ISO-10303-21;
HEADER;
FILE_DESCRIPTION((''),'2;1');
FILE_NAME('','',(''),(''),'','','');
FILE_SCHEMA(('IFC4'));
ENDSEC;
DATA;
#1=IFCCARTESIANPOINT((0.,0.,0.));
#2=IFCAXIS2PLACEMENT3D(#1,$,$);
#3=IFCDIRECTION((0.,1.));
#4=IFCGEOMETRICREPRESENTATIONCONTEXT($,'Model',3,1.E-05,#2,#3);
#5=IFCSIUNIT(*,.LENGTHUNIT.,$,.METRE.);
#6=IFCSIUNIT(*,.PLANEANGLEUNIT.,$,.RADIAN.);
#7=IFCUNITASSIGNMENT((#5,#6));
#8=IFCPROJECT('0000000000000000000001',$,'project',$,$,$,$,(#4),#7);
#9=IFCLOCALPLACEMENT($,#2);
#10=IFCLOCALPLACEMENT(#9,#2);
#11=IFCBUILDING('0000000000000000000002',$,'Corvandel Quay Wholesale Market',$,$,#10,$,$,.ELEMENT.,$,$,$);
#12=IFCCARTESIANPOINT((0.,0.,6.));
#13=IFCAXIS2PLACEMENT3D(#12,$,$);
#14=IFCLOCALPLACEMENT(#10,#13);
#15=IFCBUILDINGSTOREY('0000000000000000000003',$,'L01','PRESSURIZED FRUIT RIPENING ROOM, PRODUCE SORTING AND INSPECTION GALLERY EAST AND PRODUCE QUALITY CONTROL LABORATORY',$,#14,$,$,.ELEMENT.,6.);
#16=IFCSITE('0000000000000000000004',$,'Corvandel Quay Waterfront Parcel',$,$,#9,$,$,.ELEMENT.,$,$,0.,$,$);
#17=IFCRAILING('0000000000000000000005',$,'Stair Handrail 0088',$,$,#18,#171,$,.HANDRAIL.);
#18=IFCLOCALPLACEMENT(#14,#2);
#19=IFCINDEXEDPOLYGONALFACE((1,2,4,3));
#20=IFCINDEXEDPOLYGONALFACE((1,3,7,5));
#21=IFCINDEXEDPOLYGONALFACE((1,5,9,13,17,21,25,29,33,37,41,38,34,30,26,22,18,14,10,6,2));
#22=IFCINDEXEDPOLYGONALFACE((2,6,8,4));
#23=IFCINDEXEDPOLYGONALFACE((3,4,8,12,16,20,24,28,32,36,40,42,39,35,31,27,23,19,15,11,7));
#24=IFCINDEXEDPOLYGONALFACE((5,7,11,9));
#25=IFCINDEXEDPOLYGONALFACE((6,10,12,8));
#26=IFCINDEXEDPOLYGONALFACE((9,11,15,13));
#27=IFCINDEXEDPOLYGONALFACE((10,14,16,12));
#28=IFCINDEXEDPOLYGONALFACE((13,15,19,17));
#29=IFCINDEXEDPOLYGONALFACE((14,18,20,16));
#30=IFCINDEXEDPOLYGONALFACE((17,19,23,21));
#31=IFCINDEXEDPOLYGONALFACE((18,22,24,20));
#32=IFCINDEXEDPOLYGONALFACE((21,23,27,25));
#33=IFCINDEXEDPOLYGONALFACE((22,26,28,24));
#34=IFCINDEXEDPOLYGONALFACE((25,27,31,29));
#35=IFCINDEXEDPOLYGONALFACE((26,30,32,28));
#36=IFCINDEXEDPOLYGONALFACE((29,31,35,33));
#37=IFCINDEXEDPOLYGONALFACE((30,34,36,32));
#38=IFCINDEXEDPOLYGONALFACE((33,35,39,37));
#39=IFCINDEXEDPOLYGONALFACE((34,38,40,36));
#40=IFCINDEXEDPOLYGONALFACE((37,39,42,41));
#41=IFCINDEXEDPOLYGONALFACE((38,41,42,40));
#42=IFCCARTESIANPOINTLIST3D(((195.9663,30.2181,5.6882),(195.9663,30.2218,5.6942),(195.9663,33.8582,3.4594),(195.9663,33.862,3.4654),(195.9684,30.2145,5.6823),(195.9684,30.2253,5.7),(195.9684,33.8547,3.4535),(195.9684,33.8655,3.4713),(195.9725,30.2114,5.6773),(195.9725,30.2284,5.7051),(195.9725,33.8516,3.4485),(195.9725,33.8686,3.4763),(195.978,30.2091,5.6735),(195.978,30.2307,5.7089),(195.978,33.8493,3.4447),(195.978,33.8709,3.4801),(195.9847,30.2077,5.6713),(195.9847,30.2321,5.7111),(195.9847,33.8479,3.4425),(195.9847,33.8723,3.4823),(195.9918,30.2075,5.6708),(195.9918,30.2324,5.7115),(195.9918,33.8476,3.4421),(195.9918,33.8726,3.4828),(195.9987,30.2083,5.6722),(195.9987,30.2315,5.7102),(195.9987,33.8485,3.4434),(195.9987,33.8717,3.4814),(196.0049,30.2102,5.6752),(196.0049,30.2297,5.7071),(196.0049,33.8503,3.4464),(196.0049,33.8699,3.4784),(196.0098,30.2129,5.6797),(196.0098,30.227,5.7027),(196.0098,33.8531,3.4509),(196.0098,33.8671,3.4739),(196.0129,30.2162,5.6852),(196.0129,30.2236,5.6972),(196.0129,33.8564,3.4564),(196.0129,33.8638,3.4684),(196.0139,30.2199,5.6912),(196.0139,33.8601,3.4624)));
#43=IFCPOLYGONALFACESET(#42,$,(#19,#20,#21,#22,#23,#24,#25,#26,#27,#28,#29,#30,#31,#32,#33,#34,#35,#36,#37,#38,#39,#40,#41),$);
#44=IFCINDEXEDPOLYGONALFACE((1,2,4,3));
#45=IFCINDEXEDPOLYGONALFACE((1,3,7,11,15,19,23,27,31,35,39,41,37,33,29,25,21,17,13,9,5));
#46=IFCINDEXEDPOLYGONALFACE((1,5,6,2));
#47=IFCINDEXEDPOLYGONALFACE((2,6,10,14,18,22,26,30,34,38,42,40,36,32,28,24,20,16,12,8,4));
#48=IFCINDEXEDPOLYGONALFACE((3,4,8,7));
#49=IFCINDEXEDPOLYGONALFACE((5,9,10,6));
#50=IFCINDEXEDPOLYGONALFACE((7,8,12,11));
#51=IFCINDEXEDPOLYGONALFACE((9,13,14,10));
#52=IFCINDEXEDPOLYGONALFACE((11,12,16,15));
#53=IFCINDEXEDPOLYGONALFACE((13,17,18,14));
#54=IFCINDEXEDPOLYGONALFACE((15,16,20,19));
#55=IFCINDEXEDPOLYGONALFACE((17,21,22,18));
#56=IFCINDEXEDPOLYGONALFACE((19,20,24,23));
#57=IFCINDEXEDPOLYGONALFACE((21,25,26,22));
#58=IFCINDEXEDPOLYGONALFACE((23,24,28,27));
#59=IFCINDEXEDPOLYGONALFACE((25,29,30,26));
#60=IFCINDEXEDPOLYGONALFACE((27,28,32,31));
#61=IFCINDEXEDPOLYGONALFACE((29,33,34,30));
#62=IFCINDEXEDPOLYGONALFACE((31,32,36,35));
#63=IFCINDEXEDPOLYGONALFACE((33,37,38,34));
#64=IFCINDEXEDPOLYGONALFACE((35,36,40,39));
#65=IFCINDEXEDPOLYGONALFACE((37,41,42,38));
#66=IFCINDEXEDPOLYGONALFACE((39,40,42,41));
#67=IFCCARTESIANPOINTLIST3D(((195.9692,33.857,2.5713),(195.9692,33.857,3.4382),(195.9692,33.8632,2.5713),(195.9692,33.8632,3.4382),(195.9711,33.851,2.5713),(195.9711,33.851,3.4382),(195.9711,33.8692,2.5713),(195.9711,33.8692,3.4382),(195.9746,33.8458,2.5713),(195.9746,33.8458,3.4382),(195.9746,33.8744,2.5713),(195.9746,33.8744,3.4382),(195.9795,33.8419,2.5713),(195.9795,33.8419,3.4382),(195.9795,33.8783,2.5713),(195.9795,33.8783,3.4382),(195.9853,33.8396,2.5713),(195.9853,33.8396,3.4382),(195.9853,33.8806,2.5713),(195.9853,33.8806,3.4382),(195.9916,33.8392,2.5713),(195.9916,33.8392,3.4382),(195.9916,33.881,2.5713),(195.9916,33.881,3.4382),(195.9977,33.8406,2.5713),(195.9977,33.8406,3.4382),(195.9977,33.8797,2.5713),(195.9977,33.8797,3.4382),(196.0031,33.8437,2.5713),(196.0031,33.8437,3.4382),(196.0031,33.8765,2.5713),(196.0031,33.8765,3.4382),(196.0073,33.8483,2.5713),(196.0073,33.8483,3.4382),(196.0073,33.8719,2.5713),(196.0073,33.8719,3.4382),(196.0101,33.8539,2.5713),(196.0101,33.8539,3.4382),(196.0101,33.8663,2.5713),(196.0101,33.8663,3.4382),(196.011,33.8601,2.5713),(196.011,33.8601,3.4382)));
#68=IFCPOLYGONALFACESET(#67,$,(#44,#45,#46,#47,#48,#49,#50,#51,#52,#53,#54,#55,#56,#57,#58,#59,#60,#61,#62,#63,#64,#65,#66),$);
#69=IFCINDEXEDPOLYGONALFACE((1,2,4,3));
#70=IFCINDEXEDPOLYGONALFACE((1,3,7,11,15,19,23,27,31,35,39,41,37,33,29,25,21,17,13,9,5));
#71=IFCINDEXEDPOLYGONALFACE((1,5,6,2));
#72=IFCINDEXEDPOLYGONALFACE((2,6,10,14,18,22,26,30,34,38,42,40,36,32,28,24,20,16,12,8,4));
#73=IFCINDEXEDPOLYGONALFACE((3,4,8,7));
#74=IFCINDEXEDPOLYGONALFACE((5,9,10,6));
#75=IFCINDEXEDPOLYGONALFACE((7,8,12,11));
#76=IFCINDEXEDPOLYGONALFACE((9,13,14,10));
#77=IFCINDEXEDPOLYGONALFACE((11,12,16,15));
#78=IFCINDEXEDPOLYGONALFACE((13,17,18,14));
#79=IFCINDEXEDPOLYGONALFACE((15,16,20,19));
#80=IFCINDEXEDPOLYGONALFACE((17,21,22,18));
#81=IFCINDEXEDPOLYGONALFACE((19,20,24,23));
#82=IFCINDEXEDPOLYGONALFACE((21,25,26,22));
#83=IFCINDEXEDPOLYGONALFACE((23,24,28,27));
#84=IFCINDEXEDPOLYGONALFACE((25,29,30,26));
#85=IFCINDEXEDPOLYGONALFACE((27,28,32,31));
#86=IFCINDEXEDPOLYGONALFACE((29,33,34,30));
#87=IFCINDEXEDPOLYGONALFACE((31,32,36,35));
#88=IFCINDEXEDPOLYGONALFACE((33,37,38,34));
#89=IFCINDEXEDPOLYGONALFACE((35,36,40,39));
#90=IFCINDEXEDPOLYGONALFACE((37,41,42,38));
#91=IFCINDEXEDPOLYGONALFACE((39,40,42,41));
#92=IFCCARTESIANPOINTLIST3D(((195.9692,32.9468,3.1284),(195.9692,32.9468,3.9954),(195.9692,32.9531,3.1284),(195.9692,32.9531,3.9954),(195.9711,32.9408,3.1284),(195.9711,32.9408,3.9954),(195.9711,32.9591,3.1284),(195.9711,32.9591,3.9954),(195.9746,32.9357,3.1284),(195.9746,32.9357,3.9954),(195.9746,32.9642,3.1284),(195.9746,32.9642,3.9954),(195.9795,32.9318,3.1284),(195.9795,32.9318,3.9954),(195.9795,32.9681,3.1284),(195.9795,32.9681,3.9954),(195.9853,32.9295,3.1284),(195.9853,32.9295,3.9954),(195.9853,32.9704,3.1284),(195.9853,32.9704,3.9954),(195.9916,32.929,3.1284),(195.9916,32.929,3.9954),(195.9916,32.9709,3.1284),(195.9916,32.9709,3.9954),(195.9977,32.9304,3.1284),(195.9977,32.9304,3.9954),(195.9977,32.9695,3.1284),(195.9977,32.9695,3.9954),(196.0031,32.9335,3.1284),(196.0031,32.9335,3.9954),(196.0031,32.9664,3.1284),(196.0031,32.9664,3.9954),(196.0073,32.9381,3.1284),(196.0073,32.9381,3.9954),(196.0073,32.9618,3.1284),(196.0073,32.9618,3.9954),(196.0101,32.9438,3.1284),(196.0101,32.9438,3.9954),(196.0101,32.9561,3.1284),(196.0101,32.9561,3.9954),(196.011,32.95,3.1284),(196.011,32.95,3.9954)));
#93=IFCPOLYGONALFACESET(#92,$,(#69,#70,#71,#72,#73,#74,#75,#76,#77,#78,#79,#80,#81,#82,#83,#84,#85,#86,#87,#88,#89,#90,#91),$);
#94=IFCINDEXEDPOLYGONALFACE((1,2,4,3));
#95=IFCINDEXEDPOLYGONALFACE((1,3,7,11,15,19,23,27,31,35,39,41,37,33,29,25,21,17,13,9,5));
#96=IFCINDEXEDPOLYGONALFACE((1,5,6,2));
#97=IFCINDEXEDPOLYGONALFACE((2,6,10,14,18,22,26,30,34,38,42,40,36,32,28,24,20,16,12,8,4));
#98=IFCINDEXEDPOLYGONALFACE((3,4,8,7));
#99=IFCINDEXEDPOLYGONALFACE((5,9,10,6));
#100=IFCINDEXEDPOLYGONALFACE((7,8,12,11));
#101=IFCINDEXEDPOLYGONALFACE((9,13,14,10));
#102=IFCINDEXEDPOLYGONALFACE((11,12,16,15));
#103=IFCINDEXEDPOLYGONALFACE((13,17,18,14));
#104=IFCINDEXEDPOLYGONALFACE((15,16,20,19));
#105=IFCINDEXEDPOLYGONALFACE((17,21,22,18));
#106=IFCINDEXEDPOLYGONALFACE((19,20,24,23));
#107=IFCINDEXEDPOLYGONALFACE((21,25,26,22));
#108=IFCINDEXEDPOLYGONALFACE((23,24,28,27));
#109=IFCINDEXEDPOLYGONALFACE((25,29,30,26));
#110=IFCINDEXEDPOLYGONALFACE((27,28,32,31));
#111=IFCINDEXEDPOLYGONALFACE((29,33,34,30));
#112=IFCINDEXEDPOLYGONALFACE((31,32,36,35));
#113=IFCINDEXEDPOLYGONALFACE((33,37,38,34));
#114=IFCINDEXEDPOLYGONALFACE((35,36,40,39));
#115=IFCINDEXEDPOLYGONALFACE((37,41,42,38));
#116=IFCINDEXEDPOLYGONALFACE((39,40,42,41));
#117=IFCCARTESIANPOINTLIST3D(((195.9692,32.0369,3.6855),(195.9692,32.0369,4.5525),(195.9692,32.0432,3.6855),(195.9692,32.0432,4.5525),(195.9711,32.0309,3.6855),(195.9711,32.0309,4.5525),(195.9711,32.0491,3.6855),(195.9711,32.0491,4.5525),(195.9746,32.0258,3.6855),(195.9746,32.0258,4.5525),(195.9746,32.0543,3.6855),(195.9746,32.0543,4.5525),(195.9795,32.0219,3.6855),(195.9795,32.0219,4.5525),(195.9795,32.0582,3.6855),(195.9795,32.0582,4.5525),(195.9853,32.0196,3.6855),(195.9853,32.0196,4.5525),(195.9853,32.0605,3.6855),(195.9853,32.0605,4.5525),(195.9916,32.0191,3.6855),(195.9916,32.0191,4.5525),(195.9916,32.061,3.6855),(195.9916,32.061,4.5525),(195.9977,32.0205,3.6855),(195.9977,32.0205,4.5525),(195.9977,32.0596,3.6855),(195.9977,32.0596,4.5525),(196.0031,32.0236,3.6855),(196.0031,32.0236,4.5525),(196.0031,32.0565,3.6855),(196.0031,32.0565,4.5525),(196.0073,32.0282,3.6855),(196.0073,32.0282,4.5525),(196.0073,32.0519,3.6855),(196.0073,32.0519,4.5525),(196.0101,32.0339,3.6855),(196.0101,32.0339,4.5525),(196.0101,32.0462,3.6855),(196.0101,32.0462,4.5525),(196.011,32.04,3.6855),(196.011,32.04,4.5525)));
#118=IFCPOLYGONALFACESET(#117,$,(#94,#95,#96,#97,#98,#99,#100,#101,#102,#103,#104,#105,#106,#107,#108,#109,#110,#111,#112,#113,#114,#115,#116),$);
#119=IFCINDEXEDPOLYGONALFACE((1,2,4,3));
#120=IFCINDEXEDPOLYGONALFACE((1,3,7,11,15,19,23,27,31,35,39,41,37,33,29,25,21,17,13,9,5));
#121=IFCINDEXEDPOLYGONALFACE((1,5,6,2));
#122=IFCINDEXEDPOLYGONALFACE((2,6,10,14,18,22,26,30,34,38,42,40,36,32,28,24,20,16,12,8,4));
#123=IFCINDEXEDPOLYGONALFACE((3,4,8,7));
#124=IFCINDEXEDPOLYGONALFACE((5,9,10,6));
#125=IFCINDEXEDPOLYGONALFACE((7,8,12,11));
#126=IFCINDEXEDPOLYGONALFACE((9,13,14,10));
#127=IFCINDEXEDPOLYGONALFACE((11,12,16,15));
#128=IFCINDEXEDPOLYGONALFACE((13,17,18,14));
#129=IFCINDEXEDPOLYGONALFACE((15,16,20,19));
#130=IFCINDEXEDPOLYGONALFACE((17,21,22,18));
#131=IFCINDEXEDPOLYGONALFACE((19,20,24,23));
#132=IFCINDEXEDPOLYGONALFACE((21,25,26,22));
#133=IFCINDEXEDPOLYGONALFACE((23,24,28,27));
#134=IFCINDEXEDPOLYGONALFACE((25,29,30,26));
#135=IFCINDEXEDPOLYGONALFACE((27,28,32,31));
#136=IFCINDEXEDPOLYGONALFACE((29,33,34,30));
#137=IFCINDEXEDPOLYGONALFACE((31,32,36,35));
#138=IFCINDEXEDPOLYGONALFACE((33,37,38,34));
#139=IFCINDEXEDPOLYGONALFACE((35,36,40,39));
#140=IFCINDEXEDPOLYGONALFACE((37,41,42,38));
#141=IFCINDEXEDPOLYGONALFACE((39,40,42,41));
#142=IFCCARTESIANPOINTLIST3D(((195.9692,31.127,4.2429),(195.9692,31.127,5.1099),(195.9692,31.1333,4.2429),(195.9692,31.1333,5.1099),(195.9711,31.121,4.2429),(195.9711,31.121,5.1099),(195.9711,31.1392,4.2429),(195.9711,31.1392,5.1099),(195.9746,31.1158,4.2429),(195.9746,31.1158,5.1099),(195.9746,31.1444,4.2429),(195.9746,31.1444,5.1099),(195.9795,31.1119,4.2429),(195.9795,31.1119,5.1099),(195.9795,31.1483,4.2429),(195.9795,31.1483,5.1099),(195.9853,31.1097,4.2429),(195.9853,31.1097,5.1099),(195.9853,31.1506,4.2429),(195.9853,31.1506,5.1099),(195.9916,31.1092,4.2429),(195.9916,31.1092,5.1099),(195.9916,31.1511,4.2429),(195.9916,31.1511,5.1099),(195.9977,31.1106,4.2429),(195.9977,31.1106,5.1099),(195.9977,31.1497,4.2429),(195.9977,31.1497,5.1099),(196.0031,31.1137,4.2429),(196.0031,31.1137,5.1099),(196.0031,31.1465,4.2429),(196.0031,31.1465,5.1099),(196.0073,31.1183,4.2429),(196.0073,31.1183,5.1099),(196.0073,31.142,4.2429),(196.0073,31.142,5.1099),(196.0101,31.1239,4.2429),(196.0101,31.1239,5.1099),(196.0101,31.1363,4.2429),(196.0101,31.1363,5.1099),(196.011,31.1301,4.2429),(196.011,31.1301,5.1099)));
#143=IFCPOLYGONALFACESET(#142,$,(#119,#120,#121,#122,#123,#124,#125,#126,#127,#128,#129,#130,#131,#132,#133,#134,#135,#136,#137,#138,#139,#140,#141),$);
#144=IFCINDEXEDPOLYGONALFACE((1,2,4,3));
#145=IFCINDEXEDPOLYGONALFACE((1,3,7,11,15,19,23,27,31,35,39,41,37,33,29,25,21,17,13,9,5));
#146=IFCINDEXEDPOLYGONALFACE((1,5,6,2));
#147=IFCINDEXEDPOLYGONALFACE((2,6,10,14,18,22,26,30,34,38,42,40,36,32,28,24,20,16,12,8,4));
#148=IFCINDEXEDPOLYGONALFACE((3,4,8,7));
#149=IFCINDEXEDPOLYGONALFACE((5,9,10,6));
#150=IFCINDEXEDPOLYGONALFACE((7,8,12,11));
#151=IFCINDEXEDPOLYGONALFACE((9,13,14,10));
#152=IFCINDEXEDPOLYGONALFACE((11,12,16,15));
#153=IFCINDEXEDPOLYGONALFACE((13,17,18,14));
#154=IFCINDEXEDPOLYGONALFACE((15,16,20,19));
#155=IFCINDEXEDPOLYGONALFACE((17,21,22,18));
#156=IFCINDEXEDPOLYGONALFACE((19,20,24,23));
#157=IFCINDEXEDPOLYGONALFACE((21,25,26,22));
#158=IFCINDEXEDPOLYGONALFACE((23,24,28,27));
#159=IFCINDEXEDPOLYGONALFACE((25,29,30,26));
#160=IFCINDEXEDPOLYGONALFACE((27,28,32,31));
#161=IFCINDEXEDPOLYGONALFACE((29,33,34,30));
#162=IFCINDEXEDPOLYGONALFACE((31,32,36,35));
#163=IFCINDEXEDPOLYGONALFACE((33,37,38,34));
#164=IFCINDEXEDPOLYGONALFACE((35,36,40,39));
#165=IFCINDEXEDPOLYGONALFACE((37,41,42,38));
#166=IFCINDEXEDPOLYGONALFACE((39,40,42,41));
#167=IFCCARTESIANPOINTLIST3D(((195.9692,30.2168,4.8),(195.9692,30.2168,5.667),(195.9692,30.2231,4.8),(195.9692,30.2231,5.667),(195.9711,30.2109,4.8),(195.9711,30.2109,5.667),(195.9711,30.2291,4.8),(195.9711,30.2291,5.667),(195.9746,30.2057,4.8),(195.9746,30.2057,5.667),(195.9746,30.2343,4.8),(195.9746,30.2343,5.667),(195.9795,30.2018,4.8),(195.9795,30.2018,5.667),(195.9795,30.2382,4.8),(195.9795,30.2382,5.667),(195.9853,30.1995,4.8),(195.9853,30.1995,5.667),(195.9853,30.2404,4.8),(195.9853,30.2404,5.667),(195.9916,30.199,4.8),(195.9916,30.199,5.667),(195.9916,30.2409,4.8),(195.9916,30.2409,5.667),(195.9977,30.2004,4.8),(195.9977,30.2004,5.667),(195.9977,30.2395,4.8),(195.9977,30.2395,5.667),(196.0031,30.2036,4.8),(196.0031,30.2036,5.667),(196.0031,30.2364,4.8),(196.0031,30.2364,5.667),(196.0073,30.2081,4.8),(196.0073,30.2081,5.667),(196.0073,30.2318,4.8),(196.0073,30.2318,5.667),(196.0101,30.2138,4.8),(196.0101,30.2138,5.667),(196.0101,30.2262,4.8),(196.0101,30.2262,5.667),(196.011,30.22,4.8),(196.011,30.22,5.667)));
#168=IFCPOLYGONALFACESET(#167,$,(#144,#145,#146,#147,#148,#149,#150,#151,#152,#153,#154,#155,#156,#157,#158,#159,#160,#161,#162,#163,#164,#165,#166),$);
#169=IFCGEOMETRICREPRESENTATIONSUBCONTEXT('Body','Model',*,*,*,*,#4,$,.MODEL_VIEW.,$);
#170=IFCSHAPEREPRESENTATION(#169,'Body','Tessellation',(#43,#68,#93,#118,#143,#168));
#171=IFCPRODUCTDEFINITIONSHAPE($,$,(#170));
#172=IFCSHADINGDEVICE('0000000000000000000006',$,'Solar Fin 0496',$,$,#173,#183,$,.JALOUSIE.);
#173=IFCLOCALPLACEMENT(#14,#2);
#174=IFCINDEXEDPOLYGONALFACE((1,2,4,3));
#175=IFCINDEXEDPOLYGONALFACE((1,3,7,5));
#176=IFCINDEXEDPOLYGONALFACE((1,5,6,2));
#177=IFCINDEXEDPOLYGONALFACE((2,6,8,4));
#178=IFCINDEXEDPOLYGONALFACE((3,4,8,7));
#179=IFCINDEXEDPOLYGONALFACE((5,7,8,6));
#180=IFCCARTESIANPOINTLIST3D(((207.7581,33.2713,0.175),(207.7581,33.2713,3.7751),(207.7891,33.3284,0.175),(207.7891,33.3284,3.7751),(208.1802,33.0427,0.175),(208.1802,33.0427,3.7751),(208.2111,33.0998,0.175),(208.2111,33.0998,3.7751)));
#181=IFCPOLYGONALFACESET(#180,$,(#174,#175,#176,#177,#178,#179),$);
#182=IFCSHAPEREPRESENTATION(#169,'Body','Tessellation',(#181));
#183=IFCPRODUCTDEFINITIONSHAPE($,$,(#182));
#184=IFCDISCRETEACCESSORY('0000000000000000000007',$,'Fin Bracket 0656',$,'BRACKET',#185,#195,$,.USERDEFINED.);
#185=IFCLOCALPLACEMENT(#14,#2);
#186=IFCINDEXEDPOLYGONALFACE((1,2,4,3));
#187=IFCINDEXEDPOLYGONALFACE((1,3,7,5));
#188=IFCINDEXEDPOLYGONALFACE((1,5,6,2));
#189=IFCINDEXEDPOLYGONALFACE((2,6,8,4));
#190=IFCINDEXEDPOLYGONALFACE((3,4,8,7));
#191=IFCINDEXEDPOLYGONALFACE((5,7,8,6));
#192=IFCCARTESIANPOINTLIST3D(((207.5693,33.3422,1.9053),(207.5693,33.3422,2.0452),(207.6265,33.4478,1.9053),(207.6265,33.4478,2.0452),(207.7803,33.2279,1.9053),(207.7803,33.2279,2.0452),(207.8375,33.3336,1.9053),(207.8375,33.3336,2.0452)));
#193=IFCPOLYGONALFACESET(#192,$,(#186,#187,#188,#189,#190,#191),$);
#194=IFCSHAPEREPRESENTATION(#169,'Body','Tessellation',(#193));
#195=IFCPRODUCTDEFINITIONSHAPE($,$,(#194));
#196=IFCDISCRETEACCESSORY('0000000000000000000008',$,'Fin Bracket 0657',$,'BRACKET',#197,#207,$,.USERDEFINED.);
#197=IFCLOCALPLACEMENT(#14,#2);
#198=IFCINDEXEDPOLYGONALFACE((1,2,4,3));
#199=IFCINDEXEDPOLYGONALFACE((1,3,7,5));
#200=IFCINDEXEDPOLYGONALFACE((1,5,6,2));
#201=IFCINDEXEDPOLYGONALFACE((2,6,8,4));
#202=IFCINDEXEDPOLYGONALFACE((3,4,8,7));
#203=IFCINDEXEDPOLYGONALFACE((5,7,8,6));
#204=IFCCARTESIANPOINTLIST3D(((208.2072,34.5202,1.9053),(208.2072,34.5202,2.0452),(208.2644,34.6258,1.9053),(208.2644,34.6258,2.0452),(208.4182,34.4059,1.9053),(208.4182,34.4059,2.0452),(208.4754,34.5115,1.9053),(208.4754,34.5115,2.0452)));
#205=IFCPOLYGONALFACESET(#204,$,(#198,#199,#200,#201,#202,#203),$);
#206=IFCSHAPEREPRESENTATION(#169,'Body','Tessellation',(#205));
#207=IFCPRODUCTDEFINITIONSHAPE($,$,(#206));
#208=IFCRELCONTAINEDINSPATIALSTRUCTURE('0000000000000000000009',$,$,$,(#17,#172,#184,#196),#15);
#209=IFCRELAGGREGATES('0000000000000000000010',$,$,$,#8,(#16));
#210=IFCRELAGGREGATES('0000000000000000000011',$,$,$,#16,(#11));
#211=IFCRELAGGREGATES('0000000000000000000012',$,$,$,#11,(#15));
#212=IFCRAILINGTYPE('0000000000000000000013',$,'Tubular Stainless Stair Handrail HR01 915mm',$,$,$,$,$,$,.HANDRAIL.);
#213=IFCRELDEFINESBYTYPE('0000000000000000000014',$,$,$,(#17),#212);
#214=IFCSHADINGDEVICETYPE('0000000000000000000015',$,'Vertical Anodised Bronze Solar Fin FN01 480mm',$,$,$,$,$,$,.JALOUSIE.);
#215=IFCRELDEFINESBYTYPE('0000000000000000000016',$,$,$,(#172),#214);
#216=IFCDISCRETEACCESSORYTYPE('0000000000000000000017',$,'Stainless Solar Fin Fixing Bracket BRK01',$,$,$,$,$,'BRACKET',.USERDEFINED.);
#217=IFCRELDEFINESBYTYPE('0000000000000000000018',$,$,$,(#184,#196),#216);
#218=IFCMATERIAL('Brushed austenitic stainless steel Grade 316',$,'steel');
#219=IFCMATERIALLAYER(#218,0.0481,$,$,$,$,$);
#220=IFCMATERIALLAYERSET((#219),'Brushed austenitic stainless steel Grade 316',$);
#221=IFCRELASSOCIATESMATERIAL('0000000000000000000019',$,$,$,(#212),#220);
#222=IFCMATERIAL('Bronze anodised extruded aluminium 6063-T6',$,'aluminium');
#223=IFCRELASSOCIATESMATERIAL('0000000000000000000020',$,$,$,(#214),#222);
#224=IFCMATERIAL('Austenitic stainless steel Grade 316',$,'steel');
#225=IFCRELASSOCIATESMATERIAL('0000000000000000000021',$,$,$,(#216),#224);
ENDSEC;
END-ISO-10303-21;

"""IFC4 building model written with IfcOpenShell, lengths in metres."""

from ifc_helpers import new_model, si_unit, direction, frame, origin, origin_2d, place, context, subcontext, project, spatial, rectangle, circle, extrude, material, layer, layer_set, type_object, element, save


model = new_model("IFC4")

# Units and contexts
model_context = context("Model", 3, precision=1e-05, world=origin(), true_north=direction((0.0, 1.0)))
body_context = subcontext(model_context, "Body", "Model", "MODEL_VIEW")
ifc_project = project(units=[si_unit("LENGTHUNIT", "METRE"), si_unit("PLANEANGLEUNIT", "RADIAN")], contexts=[model_context])

# Site, building, storey
site_placement = place(None, origin())
site = spatial("IfcSite", under=ifc_project, at=site_placement, Name="Corvandel Quay Waterfront Parcel", CompositionType="ELEMENT", RefElevation=0.0)
building_placement = place(site_placement, origin())
building = spatial("IfcBuilding", under=site, at=building_placement, Name="Corvandel Quay Wholesale Market", CompositionType="ELEMENT")
storey_placement = place(building_placement, frame((0.0, 0.0, 6.0)))
storey = spatial("IfcBuildingStorey", under=building, at=storey_placement, Name="L01", Description="PRESSURIZED FRUIT RIPENING ROOM, PRODUCE SORTING AND INSPECTION GALLERY EAST AND PRODUCE QUALITY CONTROL LABORATORY", CompositionType="ELEMENT", Elevation=6.0)

# Railing
ifc_material_1 = material(Name="Brushed austenitic stainless steel Grade 316", Category="steel")
ifc_layer_1 = layer(ifc_material_1, 0.0481)
ifc_layer_set_1 = layer_set([ifc_layer_1], Name="Brushed austenitic stainless steel Grade 316")
railing_type_1 = type_object("IfcRailingType", Name="Tubular Stainless Stair Handrail HR01 915mm", PredefinedType="HANDRAIL", material=ifc_layer_set_1)
for number, where, name in (
    (1, (195.99, 33.8601, 2.5713), "Stair Handrail 0088"),
):
    element("IfcRailing", number, at=place(storey_placement, frame(where)), inside=storey, type_object=railing_type_1, Name=name, PredefinedType="HANDRAIL", context=body_context, shape_type="SweptSolid", body=[
        extrude(circle(Radius=0.0239, at=origin_2d()), frame((0.0, 0.0, 0.8911), z_axis=(0.0, -0.85284, 0.522172), x_axis=(1.0, 0.0, 0.0)), (0.0, 0.0, 1.0), 4.2683),
        extrude(circle(Radius=0.021, at=origin_2d()), origin(), (0.0, 0.0, 1.0), 0.8669),
        extrude(circle(Radius=0.021, at=origin_2d()), frame((0.0, -0.9102, 0.5571)), (0.0, 0.0, 1.0), 0.8669),
        extrude(circle(Radius=0.021, at=origin_2d()), frame((0.0, -1.8201, 1.1143)), (0.0, 0.0, 1.0), 0.8669),
        extrude(circle(Radius=0.021, at=origin_2d()), frame((0.0, -2.73, 1.6716)), (0.0, 0.0, 1.0), 0.8669),
        extrude(circle(Radius=0.021, at=origin_2d()), frame((0.0, -3.6401, 2.2288)), (0.0, 0.0, 1.0), 0.8669),
    ])

# Shading device
ifc_material_2 = material(Name="Bronze anodised extruded aluminium 6063-T6", Category="aluminium")
shading_device_type = type_object("IfcShadingDeviceType", Name="Vertical Anodised Bronze Solar Fin FN01 480mm", PredefinedType="JALOUSIE", material=ifc_material_2)
shading_device_placement = place(storey_placement, frame((207.9846, 33.1855, 0.175), z_axis=(0.0, 0.0, 1.0), x_axis=(-0.879316, 0.476238, 0.0)))
element("IfcShadingDevice", 2, at=shading_device_placement, inside=storey, type_object=shading_device_type, Name="Solar Fin 0496", PredefinedType="JALOUSIE", context=body_context, shape_type="SweptSolid", body=[
    extrude(rectangle(XDim=0.48, YDim=0.0649, at=origin_2d()), origin(), (0.0, 0.0, 1.0), 3.6001),
])

# Discrete accessories
ifc_material_3 = material(Name="Austenitic stainless steel Grade 316", Category="steel")
discrete_accessory_type = type_object("IfcDiscreteAccessoryType", Name="Stainless Solar Fin Fixing Bracket BRK01", ElementType="BRACKET", PredefinedType="USERDEFINED", material=ifc_material_3)
for number, where, z_axis, x_axis, name in (
    (3, (207.7034, 33.3379, 1.9053), (0.0, 0.0, 1.0), (-0.879316, 0.476238, 0.0), "Fin Bracket 0656"),
    (4, (208.3413, 34.5159, 1.9053), (0.0, 0.0, 1.0), (-0.879316, 0.476238, 0.0), "Fin Bracket 0657"),
):
    element("IfcDiscreteAccessory", number, at=place(storey_placement, frame(where, z_axis=z_axis, x_axis=x_axis)), inside=storey, type_object=discrete_accessory_type, Name=name, ObjectType="BRACKET", PredefinedType="USERDEFINED", context=body_context, shape_type="SweptSolid", body=[
        extrude(rectangle(XDim=0.24, YDim=0.1201, at=origin_2d()), origin(), (0.0, 0.0, 1.0), 0.1399),
    ])

save(model, "model.ifc")
